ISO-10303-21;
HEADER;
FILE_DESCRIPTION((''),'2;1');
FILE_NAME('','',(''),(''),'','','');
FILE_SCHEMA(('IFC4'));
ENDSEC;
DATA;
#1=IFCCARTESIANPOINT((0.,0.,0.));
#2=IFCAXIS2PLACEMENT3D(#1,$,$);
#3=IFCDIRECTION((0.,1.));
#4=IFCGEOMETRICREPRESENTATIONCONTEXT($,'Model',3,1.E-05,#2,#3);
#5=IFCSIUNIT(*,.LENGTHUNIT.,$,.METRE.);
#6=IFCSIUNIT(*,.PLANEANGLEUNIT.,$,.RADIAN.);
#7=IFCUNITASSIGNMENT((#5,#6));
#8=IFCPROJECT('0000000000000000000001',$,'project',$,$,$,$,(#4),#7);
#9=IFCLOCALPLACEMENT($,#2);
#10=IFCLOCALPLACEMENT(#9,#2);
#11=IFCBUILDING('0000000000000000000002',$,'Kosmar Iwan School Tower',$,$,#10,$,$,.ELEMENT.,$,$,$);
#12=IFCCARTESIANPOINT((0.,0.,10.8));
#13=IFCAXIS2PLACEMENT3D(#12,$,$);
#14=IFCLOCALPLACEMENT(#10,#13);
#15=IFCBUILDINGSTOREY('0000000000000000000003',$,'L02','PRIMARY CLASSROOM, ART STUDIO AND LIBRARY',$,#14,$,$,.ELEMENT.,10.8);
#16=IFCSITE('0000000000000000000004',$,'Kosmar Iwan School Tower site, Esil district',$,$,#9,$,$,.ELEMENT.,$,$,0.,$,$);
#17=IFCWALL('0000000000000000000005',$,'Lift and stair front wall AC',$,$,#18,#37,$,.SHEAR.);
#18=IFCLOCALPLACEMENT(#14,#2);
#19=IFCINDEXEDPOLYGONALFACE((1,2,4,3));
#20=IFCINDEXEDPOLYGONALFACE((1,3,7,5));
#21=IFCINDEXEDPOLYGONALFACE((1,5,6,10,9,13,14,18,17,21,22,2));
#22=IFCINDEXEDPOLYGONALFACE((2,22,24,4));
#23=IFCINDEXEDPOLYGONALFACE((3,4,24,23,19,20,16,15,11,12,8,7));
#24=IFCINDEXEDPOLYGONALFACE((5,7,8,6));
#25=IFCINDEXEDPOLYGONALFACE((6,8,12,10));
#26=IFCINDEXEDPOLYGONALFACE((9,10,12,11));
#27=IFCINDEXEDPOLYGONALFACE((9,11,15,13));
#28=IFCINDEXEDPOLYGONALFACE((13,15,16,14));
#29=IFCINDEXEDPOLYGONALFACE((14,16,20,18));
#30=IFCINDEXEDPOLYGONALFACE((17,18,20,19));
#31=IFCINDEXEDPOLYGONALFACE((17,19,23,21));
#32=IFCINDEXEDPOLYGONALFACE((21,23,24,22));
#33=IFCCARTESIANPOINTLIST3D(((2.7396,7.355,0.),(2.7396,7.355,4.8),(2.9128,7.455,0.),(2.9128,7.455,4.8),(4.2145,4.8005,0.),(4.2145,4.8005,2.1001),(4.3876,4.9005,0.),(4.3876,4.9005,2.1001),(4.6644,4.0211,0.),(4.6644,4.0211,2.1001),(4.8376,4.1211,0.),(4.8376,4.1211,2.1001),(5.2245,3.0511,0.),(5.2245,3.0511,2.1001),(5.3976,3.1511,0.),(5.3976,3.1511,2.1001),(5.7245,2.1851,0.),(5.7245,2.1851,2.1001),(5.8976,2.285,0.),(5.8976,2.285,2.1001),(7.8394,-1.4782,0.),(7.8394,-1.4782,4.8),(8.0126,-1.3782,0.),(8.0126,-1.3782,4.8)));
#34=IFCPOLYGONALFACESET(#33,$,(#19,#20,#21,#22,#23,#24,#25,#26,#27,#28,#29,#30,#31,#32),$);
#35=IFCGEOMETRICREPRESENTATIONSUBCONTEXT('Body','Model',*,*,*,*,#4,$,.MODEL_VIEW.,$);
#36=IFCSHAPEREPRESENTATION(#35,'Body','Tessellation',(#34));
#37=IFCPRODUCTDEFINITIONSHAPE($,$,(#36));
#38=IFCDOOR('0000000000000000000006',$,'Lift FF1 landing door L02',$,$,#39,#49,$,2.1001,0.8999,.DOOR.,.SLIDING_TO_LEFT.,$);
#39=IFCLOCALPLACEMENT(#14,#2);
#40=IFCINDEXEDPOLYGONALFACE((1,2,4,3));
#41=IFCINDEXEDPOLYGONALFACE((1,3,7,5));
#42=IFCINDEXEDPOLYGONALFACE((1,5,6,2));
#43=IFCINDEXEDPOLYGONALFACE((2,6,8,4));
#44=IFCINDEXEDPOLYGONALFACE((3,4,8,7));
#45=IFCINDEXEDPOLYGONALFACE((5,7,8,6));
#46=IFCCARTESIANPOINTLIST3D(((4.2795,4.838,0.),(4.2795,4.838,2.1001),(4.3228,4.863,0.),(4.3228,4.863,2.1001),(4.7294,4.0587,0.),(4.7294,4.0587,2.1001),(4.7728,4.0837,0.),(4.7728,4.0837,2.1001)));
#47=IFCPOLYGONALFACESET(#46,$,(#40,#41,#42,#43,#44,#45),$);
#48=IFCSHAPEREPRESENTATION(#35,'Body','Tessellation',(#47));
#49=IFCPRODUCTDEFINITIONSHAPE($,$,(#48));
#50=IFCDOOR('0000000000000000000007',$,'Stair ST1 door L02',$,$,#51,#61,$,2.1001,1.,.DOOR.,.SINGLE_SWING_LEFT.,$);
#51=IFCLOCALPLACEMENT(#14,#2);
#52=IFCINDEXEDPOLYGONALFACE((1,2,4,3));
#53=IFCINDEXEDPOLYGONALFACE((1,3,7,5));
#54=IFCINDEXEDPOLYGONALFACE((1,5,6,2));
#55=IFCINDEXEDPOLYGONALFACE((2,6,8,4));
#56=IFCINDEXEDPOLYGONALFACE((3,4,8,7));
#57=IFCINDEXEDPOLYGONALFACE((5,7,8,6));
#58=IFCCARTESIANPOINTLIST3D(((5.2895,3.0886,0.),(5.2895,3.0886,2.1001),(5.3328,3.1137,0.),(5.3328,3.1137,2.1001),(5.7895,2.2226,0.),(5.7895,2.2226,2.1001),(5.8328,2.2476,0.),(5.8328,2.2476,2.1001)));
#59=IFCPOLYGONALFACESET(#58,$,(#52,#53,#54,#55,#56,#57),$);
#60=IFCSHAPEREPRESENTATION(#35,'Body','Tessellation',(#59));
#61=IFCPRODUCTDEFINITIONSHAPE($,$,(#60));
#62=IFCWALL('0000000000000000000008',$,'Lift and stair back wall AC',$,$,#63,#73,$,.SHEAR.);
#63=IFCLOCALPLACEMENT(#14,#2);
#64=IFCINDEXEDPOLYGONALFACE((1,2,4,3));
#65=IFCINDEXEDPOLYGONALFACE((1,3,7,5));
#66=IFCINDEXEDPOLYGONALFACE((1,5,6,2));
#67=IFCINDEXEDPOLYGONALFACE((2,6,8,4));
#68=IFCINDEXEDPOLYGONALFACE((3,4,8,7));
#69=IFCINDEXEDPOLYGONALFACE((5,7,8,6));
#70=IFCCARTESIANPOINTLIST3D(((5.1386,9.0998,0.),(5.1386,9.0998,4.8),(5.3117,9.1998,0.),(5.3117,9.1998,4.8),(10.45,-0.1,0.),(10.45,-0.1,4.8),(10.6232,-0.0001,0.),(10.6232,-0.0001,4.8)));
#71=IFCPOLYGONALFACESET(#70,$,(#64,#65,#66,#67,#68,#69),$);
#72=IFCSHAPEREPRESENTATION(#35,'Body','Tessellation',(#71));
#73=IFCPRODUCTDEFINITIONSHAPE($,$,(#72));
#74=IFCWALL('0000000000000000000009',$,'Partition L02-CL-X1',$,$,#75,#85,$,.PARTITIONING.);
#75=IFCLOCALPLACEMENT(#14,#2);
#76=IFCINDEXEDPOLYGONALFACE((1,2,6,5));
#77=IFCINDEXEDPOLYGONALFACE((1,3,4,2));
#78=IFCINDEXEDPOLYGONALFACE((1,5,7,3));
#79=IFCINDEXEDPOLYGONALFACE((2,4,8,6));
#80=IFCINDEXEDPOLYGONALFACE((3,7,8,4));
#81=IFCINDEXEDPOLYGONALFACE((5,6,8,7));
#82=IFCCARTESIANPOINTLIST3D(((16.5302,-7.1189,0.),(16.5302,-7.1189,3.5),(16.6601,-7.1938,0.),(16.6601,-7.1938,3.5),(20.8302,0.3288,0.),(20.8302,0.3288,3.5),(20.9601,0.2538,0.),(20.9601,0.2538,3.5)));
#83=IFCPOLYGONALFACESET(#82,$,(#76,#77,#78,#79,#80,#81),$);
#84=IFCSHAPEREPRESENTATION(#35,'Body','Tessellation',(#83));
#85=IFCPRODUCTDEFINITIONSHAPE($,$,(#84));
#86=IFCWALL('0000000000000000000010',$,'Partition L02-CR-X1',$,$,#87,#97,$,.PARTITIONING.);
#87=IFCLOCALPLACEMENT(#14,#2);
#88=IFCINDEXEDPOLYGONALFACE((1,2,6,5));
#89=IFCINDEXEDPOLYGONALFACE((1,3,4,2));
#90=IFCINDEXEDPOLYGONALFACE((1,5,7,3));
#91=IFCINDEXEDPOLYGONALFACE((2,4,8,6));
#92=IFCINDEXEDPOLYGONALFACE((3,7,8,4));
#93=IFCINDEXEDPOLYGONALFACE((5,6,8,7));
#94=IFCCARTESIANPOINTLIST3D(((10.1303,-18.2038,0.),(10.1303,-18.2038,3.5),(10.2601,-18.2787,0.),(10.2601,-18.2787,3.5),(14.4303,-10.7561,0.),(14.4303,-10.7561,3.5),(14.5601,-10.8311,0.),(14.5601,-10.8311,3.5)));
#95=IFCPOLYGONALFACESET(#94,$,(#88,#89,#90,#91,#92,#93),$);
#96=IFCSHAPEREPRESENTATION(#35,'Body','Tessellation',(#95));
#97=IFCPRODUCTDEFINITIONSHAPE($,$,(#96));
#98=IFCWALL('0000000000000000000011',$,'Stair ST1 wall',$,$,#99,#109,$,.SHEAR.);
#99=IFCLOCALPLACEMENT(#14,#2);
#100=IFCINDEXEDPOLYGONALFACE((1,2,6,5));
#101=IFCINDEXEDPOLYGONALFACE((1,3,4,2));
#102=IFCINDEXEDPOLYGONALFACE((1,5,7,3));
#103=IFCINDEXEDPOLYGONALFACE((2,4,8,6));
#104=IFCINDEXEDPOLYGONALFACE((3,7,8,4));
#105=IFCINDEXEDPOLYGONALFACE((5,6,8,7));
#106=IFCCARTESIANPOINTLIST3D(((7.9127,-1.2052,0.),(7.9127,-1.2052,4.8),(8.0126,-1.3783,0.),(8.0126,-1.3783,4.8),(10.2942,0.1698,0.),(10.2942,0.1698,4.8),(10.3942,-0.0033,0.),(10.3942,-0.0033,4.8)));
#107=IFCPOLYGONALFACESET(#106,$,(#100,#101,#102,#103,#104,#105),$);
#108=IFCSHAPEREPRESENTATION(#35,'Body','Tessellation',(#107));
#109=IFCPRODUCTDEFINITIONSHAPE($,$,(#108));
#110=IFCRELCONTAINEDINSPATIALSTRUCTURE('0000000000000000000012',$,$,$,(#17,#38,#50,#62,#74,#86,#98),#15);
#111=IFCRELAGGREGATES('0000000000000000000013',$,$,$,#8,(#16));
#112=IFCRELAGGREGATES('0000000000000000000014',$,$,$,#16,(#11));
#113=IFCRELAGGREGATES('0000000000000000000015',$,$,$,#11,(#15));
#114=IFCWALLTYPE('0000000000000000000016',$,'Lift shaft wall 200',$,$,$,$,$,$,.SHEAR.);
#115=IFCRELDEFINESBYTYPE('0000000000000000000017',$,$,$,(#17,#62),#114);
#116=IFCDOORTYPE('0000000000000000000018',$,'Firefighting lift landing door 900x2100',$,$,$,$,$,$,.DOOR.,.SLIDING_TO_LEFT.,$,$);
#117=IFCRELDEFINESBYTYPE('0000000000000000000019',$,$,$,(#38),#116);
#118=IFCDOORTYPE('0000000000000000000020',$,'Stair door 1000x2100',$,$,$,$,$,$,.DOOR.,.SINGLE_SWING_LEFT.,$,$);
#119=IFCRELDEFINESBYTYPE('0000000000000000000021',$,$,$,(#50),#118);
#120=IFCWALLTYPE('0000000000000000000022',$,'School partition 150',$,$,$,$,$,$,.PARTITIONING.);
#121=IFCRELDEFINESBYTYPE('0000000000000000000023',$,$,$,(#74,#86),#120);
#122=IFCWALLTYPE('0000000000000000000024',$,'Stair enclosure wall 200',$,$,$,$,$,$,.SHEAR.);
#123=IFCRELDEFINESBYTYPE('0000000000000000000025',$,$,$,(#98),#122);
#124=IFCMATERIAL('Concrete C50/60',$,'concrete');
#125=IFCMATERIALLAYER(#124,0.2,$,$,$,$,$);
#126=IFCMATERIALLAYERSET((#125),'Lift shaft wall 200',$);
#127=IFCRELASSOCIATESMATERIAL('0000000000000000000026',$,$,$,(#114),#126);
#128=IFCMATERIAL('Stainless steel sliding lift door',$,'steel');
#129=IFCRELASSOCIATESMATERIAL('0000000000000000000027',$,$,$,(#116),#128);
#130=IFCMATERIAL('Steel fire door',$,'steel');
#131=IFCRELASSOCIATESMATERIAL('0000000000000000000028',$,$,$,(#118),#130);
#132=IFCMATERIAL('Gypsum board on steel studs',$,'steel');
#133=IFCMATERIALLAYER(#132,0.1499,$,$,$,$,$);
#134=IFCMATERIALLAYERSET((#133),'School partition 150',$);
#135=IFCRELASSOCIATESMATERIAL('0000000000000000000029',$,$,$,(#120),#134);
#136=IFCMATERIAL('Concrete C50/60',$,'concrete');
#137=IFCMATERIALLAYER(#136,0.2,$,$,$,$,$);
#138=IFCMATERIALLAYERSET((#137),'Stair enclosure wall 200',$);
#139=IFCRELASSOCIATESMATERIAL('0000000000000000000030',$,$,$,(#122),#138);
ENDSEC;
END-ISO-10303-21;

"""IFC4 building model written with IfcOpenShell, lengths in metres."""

from ifc_helpers import new_model, si_unit, direction, frame, frame_2d, origin, place, context, subcontext, project, spatial, rectangle, extrude, material, layer, layer_set, type_object, element, fill, save


model = new_model("IFC4")

# Units and contexts
model_context = context("Model", 3, precision=1e-05, world=origin(), true_north=direction((0.0, 1.0)))
body_context = subcontext(model_context, "Body", "Model", "MODEL_VIEW")
ifc_project = project(units=[si_unit("LENGTHUNIT", "METRE"), si_unit("PLANEANGLEUNIT", "RADIAN")], contexts=[model_context])

# Site, building, storey
site_placement = place(None, origin())
site = spatial("IfcSite", under=ifc_project, at=site_placement, Name="Kosmar Iwan School Tower site, Esil district", CompositionType="ELEMENT", RefElevation=0.0)
building_placement = place(site_placement, origin())
building = spatial("IfcBuilding", under=site, at=building_placement, Name="Kosmar Iwan School Tower", CompositionType="ELEMENT")
storey_placement = place(building_placement, frame((0.0, 0.0, 10.8)))
storey = spatial("IfcBuildingStorey", under=building, at=storey_placement, Name="L02", Description="PRIMARY CLASSROOM, ART STUDIO AND LIBRARY", CompositionType="ELEMENT", Elevation=10.8)

# Wall, openings, doors
ifc_material_1 = material(Name="Concrete C50/60", Category="concrete")
ifc_layer_1 = layer(ifc_material_1, 0.2)
ifc_layer_set_1 = layer_set([ifc_layer_1], Name="Lift shaft wall 200")
wall_type_1 = type_object("IfcWallType", Name="Lift shaft wall 200", PredefinedType="SHEAR", material=ifc_layer_set_1)
wall_1_placement = place(storey_placement, frame((7.926, -1.4282, 0.0), z_axis=(0.0, 0.0, 1.0), x_axis=(-0.499998, 0.866027, 0.0)))
wall_1 = element("IfcWall", 1, at=wall_1_placement, inside=storey, type_object=wall_type_1, Name="Lift and stair front wall AC", PredefinedType="SHEAR", context=body_context, shape_type="SweptSolid", body=[
    extrude(rectangle(XDim=10.1997, YDim=0.2, at=frame_2d((5.0999, 0.0))), origin(), (0.0, 0.0, 1.0), 4.8),
])
opening_1_placement = place(wall_1_placement, frame((6.3501, 0.0, 0.0)))
opening_1 = element("IfcOpeningElement", 2, at=opening_1_placement, cuts=wall_1, PredefinedType="OPENING", context=body_context, shape_type="SweptSolid", body=[
    extrude(rectangle(XDim=0.8999, YDim=2.1001, at=frame_2d((0.45, 1.05))), frame((0.0, 0.1121, 0.0), z_axis=(0.0, -1.0, 0.0), x_axis=(1.0, 0.0, 0.0)), (0.0, 0.0, 1.0), 0.2239),
])
opening_2_placement = place(wall_1_placement, frame((4.23, 0.0, 0.0)))
opening_2 = element("IfcOpeningElement", 3, at=opening_2_placement, cuts=wall_1, PredefinedType="OPENING", context=body_context, shape_type="SweptSolid", body=[
    extrude(rectangle(XDim=1.0, YDim=2.1001, at=frame_2d((0.5, 1.05))), frame((0.0, 0.1121, 0.0), z_axis=(0.0, -1.0, 0.0), x_axis=(1.0, 0.0, 0.0)), (0.0, 0.0, 1.0), 0.2239),
])
ifc_material_2 = material(Name="Stainless steel sliding lift door", Category="steel")
door_type_1 = type_object("IfcDoorType", Name="Firefighting lift landing door 900x2100", OperationType="SLIDING_TO_LEFT", PredefinedType="DOOR", material=ifc_material_2)
door_1_placement = place(opening_1_placement, origin())
door_1 = element("IfcDoor", 4, at=door_1_placement, inside=storey, type_object=door_type_1, Name="Lift FF1 landing door L02", OperationType="SLIDING_TO_LEFT", OverallHeight=2.1001, OverallWidth=0.8999, PredefinedType="DOOR", context=body_context, shape_type="SweptSolid", body=[
    extrude(rectangle(XDim=0.8999, YDim=2.1001, at=frame_2d((0.45, 1.05))), frame((0.0, 0.0249, 0.0), z_axis=(0.0, -1.0, 0.0), x_axis=(1.0, 0.0, 0.0)), (0.0, 0.0, 1.0), 0.05),
])
fill(opening_1, door_1)
ifc_material_3 = material(Name="Steel fire door", Category="steel")
door_type_2 = type_object("IfcDoorType", Name="Stair door 1000x2100", OperationType="SINGLE_SWING_LEFT", PredefinedType="DOOR", material=ifc_material_3)
door_2_placement = place(opening_2_placement, origin())
door_2 = element("IfcDoor", 5, at=door_2_placement, inside=storey, type_object=door_type_2, Name="Stair ST1 door L02", OperationType="SINGLE_SWING_LEFT", OverallHeight=2.1001, OverallWidth=1.0, PredefinedType="DOOR", context=body_context, shape_type="SweptSolid", body=[
    extrude(rectangle(XDim=1.0, YDim=2.1001, at=frame_2d((0.5, 1.05))), frame((0.0, 0.0249, 0.0), z_axis=(0.0, -1.0, 0.0), x_axis=(1.0, 0.0, 0.0)), (0.0, 0.0, 1.0), 0.05),
])
fill(opening_2, door_2)

# Walls
wall_2_placement = place(storey_placement, frame((10.5366, -0.05, 0.0), z_axis=(0.0, 0.0, 1.0), x_axis=(-0.499995, 0.866028, 0.0)))
element("IfcWall", 6, at=wall_2_placement, inside=storey, type_object=wall_type_1, Name="Lift and stair back wall AC", PredefinedType="SHEAR", context=body_context, shape_type="SweptSolid", body=[
    extrude(rectangle(XDim=10.623, YDim=0.2, at=frame_2d((5.3115, 0.0))), origin(), (0.0, 0.0, 1.0), 4.8),
])
ifc_material_4 = material(Name="Gypsum board on steel studs", Category="steel")
ifc_layer_2 = layer(ifc_material_4, 0.1499)
ifc_layer_set_2 = layer_set([ifc_layer_2], Name="School partition 150")
wall_type_2 = type_object("IfcWallType", Name="School partition 150", PredefinedType="PARTITIONING", material=ifc_layer_set_2)
for number, where, z_axis, x_axis, name in (
    (7, (16.5952, -7.1562, 0.0), (0.0, 0.0, 1.0), (0.500008, 0.866021, 0.0), "Partition L02-CL-X1"),
    (8, (14.4951, -10.7937, 0.0), (0.0, 0.0, 1.0), (-0.500008, -0.866021, 0.0), "Partition L02-CR-X1"),
):
    element("IfcWall", number, at=place(storey_placement, frame(where, z_axis=z_axis, x_axis=x_axis)), inside=storey, type_object=wall_type_2, Name=name, PredefinedType="PARTITIONING", context=body_context, shape_type="SweptSolid", body=[
        extrude(rectangle(XDim=8.5999, YDim=0.1499, at=frame_2d((4.2998, 0.0))), origin(), (0.0, 0.0, 1.0), 3.5),
    ])
ifc_material_5 = material(Name="Concrete C50/60", Category="concrete")
ifc_layer_3 = layer(ifc_material_5, 0.2)
ifc_layer_set_3 = layer_set([ifc_layer_3], Name="Stair enclosure wall 200")
wall_type_3 = type_object("IfcWallType", Name="Stair enclosure wall 200", PredefinedType="SHEAR", material=ifc_layer_set_3)
wall_3_placement = place(storey_placement, frame((7.9626, -1.2917, 0.0), z_axis=(0.0, 0.0, 1.0), x_axis=(0.866027, 0.499997, 0.0)))
element("IfcWall", 9, at=wall_3_placement, inside=storey, type_object=wall_type_3, Name="Stair ST1 wall", PredefinedType="SHEAR", context=body_context, shape_type="SweptSolid", body=[
    extrude(rectangle(XDim=2.75, YDim=0.2, at=frame_2d((1.375, 0.0))), origin(), (0.0, 0.0, 1.0), 4.8),
])

save(model, "model.ifc")
